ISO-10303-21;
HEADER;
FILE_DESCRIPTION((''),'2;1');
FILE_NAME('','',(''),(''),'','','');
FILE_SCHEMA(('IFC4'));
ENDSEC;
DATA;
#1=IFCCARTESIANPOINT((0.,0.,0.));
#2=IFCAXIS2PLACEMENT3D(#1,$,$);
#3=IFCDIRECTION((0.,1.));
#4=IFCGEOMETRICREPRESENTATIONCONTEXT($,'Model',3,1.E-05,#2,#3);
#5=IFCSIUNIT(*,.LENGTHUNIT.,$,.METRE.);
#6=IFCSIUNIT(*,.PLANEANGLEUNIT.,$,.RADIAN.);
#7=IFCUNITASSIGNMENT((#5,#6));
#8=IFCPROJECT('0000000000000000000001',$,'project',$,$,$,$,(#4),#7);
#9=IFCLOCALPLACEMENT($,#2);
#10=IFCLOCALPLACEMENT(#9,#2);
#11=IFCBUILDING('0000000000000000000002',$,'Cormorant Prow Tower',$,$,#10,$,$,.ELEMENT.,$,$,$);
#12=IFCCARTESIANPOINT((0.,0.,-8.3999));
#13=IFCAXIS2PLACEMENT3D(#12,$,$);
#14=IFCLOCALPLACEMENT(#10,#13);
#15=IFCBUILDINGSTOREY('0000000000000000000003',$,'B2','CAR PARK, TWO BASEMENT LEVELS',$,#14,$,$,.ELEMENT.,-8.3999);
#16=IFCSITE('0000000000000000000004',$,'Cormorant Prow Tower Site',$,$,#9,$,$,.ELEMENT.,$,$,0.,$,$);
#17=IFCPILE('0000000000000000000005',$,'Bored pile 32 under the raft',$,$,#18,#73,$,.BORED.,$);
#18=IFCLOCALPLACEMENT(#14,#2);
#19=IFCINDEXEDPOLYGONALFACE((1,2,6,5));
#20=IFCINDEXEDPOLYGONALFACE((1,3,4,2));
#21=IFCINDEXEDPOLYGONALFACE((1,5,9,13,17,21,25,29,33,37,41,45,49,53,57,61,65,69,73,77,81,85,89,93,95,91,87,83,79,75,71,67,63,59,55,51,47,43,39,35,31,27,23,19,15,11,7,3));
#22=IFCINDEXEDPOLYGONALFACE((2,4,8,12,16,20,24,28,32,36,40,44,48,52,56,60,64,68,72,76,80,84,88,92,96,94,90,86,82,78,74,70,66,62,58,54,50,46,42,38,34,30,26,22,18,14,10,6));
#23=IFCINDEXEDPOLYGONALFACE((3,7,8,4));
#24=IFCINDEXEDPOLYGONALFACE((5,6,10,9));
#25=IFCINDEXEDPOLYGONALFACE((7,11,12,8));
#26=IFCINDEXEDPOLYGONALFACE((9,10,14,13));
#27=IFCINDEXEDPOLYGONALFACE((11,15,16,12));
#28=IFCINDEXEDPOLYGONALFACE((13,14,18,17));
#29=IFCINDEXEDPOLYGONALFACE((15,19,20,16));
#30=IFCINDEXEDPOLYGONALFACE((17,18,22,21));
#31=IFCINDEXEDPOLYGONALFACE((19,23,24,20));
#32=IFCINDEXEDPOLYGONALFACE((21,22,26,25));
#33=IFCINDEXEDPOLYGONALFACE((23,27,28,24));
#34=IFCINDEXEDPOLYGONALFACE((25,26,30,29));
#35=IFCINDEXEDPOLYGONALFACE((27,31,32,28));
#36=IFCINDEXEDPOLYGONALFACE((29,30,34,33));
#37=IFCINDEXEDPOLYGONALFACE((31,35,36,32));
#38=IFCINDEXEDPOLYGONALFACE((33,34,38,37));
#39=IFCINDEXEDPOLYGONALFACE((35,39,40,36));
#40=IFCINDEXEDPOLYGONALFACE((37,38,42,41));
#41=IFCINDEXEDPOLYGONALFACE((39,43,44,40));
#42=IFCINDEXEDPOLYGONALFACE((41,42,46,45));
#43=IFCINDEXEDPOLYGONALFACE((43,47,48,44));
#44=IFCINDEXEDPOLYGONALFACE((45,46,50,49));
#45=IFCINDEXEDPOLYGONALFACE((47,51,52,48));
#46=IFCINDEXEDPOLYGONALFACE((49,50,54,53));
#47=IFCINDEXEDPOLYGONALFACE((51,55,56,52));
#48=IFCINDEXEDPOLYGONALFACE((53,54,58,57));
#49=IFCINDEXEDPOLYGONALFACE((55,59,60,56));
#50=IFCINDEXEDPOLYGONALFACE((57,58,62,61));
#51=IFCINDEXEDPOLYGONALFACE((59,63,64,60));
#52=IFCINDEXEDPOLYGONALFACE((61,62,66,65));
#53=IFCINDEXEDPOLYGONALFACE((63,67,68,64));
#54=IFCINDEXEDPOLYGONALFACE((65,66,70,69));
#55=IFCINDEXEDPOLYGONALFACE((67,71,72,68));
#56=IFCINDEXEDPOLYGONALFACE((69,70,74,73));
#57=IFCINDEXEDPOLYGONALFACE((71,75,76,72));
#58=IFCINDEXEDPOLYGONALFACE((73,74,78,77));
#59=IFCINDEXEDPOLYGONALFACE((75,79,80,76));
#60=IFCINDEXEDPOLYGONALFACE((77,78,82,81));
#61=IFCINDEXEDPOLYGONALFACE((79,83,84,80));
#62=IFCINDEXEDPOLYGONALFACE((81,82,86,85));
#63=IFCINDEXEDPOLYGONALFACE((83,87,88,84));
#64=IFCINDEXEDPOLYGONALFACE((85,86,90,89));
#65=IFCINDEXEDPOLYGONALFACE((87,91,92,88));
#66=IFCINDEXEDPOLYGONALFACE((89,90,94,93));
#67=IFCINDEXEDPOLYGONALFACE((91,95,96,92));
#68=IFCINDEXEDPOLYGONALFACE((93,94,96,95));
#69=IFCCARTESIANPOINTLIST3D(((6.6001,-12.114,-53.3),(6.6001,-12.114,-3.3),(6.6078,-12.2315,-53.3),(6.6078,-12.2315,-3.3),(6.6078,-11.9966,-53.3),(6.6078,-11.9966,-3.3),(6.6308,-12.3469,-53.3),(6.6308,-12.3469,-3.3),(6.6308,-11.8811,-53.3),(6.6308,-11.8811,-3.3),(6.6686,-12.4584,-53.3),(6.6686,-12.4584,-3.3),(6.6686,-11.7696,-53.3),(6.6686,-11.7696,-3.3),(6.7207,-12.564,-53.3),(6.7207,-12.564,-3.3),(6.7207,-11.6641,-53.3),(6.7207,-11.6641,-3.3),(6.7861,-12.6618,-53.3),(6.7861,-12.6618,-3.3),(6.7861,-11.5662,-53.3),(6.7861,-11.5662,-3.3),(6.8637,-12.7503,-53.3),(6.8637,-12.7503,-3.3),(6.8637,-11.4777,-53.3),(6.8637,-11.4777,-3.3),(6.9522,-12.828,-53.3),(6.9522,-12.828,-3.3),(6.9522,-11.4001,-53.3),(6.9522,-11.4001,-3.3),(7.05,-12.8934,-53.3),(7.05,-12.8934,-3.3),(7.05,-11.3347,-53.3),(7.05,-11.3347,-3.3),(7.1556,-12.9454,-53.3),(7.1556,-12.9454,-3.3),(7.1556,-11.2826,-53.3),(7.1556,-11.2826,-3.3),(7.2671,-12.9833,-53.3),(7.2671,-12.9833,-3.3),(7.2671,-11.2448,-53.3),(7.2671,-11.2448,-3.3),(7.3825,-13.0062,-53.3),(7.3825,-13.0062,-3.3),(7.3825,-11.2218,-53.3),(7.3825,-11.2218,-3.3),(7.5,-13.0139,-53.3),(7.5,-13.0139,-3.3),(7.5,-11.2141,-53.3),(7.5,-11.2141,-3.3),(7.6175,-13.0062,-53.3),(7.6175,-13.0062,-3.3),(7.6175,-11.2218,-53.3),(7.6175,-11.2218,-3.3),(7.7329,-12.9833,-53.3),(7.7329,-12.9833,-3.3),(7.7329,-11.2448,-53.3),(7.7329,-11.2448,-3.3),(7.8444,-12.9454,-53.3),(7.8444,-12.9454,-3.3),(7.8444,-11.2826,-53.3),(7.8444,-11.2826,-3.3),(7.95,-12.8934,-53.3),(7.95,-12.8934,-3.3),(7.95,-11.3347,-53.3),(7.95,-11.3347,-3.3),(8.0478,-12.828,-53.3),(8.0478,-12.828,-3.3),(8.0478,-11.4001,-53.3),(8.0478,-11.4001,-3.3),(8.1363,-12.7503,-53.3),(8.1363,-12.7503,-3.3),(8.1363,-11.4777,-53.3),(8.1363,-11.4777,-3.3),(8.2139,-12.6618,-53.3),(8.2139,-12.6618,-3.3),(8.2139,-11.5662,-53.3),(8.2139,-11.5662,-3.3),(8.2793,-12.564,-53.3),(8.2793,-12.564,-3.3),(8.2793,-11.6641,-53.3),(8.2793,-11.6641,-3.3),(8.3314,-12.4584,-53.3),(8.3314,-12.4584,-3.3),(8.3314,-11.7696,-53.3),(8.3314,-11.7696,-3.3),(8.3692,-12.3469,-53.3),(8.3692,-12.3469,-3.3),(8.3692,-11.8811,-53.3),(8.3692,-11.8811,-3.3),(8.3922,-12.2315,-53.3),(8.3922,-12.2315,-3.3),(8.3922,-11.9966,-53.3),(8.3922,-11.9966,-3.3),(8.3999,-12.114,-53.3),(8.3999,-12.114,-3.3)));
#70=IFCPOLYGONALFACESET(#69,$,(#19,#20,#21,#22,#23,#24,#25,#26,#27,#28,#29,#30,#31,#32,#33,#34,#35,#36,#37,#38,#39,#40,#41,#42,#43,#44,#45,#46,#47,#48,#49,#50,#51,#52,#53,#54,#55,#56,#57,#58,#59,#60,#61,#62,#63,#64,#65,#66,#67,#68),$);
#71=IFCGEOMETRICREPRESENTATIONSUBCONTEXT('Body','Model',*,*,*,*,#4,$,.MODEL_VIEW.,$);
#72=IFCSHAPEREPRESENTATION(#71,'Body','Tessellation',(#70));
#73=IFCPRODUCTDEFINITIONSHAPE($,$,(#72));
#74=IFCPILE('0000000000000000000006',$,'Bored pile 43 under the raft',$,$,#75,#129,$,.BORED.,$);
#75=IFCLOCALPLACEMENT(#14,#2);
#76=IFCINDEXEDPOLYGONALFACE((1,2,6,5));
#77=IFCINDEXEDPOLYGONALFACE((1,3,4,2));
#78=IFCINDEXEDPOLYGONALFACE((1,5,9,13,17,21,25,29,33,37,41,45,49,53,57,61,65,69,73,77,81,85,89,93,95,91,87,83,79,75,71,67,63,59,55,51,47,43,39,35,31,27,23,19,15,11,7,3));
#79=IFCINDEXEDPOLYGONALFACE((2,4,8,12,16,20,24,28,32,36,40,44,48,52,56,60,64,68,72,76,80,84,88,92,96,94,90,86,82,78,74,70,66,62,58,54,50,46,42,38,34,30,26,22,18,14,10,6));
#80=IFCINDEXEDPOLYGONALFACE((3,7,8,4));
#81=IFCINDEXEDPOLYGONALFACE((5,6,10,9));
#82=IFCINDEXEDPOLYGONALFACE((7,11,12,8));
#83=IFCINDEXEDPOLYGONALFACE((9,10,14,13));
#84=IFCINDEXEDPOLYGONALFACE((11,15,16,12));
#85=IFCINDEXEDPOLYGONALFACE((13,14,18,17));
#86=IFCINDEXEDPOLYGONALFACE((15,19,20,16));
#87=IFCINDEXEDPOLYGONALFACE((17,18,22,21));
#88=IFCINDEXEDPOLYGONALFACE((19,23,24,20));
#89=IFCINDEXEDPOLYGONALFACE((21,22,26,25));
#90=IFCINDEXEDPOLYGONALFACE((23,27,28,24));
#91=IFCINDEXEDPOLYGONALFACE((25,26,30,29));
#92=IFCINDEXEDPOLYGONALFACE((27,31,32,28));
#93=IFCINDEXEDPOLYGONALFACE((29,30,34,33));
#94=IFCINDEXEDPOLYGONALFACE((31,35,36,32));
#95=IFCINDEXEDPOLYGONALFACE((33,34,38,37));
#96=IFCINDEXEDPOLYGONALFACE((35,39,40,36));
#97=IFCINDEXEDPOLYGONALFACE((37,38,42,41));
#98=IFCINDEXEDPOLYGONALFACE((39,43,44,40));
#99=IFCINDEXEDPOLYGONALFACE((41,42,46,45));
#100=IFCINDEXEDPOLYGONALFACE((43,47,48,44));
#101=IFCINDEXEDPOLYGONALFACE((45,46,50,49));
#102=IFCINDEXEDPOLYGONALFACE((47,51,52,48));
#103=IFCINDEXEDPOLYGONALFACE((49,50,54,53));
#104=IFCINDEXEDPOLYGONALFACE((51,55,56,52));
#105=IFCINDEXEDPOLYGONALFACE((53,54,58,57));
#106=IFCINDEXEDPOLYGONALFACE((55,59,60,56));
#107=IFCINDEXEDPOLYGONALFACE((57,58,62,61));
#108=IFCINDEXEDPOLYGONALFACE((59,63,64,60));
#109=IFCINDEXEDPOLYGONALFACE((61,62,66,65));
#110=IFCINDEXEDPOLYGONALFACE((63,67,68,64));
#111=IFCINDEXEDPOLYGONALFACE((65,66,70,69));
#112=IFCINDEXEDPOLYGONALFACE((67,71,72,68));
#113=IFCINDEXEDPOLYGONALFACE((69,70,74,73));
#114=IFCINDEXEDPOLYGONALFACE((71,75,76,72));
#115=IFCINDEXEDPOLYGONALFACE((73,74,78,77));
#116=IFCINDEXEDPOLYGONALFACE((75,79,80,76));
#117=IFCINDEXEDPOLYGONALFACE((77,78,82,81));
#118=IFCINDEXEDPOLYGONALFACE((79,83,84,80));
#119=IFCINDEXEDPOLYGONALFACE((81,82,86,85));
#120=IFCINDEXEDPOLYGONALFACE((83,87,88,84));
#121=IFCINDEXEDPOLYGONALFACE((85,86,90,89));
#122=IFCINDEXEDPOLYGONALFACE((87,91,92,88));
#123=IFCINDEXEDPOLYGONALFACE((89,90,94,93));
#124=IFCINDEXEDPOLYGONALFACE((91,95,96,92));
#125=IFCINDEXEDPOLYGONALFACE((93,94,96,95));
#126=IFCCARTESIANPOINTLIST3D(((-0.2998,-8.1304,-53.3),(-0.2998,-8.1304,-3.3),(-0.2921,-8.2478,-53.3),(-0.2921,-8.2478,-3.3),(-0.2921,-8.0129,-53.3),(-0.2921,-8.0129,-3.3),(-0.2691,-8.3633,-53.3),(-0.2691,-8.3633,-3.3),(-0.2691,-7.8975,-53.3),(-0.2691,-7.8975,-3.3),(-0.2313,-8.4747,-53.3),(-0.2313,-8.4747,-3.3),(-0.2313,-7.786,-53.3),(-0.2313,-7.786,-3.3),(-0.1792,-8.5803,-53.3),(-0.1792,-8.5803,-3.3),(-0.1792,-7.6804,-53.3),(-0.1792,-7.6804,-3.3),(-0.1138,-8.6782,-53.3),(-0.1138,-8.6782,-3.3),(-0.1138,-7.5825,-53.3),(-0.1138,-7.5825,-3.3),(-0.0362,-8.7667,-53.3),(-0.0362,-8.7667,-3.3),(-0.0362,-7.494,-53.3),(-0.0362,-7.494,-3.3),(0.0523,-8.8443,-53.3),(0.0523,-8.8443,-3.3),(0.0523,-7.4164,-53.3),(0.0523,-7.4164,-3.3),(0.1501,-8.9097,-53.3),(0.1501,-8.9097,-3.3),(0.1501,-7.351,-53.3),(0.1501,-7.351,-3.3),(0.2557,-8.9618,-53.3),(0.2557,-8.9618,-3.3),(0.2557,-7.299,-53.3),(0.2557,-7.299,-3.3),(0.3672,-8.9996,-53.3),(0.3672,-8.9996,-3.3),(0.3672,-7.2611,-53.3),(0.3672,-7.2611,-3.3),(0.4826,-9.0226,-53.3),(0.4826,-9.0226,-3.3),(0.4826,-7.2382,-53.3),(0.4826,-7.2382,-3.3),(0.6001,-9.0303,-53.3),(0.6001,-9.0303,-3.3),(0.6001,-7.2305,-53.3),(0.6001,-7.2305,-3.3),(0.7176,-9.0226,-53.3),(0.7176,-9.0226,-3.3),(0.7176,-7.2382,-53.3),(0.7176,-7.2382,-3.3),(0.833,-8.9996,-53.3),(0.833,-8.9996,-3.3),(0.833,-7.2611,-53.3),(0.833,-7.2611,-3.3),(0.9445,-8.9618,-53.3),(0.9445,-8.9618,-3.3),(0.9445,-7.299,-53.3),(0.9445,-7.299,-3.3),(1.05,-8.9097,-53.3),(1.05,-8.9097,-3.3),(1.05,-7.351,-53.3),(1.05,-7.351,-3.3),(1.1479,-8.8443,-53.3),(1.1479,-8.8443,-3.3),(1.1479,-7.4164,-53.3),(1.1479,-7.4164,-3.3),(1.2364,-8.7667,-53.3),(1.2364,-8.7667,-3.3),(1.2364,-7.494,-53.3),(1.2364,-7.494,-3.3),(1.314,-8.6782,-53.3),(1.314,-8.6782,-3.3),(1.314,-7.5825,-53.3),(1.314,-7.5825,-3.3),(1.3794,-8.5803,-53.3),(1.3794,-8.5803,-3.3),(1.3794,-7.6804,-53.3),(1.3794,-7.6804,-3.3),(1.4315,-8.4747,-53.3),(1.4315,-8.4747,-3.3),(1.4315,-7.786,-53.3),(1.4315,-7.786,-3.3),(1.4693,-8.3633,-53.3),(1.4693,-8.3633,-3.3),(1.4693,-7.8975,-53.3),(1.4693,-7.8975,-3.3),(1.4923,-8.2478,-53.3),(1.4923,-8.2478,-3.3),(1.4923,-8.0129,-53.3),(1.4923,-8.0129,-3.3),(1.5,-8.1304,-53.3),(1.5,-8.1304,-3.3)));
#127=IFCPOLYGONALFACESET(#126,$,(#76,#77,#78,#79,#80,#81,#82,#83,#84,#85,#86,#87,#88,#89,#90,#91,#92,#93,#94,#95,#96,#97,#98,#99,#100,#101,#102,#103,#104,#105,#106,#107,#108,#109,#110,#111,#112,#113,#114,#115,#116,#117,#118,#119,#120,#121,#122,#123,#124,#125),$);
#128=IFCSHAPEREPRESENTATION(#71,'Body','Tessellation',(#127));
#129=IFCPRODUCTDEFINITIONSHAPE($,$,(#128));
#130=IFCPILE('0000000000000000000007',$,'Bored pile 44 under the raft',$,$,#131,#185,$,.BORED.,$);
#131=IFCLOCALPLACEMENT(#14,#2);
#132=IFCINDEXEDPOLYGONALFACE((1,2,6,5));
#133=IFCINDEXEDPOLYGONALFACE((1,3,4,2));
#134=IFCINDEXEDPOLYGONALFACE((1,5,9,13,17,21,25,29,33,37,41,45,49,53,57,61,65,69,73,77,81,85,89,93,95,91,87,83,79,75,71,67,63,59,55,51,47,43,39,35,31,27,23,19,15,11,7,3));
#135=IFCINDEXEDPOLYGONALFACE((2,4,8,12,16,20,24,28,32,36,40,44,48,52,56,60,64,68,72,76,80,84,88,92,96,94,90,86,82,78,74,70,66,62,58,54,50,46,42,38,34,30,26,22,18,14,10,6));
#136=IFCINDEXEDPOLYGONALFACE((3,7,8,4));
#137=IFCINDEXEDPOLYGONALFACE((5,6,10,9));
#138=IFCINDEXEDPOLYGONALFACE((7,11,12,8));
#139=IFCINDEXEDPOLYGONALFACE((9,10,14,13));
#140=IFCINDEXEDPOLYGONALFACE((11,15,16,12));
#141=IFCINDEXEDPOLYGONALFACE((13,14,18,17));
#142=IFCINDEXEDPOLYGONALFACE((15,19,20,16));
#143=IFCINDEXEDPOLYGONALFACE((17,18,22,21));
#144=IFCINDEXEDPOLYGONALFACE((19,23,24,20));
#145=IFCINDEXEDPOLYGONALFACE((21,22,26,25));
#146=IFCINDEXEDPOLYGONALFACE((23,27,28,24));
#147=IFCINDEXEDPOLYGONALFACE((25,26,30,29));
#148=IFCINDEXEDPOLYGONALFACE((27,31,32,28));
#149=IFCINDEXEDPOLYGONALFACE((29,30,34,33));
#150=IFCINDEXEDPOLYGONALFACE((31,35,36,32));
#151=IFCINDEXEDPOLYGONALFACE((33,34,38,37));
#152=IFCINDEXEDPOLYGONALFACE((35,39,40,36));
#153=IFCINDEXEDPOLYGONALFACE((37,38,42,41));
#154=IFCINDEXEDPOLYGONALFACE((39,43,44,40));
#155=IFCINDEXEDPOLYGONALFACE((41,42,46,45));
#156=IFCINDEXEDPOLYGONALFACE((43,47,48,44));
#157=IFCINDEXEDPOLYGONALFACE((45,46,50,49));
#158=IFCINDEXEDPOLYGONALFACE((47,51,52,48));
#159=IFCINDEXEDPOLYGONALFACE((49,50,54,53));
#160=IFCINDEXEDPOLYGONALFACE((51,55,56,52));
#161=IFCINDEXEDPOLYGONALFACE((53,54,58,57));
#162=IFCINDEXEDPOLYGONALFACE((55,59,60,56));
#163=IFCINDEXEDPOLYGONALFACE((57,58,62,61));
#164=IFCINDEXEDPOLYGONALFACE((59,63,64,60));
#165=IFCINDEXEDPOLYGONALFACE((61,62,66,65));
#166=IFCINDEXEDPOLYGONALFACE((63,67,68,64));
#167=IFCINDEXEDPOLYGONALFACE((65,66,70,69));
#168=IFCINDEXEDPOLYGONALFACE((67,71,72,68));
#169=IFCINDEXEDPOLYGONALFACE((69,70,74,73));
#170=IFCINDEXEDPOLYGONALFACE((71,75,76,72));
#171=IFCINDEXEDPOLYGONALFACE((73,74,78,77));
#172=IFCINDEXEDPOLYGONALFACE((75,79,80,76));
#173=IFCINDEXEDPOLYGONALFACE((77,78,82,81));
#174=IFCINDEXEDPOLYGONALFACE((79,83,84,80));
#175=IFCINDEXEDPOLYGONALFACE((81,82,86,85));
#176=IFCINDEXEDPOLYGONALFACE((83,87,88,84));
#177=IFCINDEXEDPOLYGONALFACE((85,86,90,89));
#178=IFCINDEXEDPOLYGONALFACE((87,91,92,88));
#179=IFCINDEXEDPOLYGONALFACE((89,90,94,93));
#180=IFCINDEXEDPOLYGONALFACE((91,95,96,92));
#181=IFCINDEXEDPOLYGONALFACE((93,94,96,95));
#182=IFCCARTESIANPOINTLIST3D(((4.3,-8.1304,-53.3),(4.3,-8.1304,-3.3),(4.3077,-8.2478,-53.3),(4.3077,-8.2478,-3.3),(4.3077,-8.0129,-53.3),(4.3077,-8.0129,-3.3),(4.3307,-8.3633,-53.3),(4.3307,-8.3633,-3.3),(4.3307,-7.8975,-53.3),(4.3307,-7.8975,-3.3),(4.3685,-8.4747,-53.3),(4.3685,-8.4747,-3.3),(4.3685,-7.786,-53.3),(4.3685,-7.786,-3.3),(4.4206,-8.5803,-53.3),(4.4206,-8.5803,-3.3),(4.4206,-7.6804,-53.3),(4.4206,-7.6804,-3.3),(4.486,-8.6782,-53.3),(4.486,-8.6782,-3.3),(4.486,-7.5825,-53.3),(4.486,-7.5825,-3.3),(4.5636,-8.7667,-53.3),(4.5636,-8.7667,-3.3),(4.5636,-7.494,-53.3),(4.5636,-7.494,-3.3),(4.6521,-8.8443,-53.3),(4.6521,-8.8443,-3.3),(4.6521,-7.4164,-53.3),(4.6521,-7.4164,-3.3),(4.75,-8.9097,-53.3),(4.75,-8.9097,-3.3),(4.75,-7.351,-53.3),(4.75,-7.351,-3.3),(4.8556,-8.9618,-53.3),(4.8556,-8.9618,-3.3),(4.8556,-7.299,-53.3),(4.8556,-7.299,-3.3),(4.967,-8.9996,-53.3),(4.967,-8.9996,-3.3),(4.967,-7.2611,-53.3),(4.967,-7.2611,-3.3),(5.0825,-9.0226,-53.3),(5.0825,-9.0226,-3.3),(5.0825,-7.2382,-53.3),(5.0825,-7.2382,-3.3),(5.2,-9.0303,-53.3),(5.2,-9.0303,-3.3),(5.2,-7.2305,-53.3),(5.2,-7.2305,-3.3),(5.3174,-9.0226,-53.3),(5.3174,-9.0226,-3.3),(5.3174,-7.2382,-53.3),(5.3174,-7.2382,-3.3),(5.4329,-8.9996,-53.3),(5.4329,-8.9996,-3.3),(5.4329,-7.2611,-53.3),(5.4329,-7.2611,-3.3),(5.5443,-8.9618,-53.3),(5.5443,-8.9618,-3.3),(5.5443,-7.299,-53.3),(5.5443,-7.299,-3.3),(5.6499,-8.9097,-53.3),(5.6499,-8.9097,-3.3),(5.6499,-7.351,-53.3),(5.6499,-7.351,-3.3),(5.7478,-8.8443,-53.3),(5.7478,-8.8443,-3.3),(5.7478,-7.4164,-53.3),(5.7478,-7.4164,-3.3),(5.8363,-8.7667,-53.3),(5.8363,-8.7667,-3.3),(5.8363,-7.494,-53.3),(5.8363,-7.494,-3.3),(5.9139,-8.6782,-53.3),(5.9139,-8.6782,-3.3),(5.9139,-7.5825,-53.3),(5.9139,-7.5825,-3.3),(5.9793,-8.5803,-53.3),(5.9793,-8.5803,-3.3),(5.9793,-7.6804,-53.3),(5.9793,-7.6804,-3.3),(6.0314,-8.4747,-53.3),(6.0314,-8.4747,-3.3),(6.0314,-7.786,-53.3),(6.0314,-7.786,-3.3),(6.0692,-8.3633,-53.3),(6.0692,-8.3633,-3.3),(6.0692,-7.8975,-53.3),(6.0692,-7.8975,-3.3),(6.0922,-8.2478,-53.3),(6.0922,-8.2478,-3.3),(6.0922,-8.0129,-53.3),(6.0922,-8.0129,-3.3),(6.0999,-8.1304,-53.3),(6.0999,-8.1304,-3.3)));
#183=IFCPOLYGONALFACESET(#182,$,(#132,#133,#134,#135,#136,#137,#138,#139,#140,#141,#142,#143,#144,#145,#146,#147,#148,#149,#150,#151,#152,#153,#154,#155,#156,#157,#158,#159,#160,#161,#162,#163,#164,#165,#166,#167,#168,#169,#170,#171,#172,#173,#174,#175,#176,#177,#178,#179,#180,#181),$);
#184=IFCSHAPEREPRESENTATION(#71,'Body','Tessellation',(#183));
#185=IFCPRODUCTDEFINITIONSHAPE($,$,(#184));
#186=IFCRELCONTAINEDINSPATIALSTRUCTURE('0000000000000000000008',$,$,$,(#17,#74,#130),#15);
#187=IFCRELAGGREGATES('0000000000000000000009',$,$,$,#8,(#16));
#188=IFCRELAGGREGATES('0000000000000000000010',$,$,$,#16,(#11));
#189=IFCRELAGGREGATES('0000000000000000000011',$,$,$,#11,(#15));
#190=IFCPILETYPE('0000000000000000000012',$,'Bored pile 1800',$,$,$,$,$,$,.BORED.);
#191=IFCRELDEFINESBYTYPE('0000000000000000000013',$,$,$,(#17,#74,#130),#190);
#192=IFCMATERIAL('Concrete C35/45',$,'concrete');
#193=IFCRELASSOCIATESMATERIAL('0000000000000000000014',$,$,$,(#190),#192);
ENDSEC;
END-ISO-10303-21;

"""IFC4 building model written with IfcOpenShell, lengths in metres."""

from ifc_helpers import new_model, si_unit, direction, frame, origin, origin_2d, place, context, subcontext, project, spatial, circle, extrude, material, material_profile, profile_set, type_object, element, save


model = new_model("IFC4")

# Units and contexts
model_context = context("Model", 3, precision=1e-05, world=origin(), true_north=direction((0.0, 1.0)))
body_context = subcontext(model_context, "Body", "Model", "MODEL_VIEW")
ifc_project = project(units=[si_unit("LENGTHUNIT", "METRE"), si_unit("PLANEANGLEUNIT", "RADIAN")], contexts=[model_context])

# Site, building, storey
site_placement = place(None, origin())
site = spatial("IfcSite", under=ifc_project, at=site_placement, Name="Cormorant Prow Tower Site", CompositionType="ELEMENT", RefElevation=0.0)
building_placement = place(site_placement, origin())
building = spatial("IfcBuilding", under=site, at=building_placement, Name="Cormorant Prow Tower", CompositionType="ELEMENT")
storey_placement = place(building_placement, frame((0.0, 0.0, -8.3999)))
storey = spatial("IfcBuildingStorey", under=building, at=storey_placement, Name="B2", Description="CAR PARK, TWO BASEMENT LEVELS", CompositionType="ELEMENT", Elevation=-8.3999)

# Piles
ifc_material_1 = material(Name="Concrete C35/45", Category="concrete")
ifc_material_profile_1 = material_profile(ifc_material_1, circle(Radius=0.8999, at=origin_2d()), Name="Round 1800")
ifc_profile_set_1 = profile_set([ifc_material_profile_1], Name="Concrete C35/45")
pile_type_1 = type_object("IfcPileType", Name="Bored pile 1800", PredefinedType="BORED", material=ifc_profile_set_1)
for number, where, z_axis, x_axis, name in (
    (1, (7.5, -12.114, -3.3), (0.0, 0.0, -1.0), (1.0, 0.0, 0.0), "Bored pile 32 under the raft"),
    (2, (0.6001, -8.1304, -3.3), (0.0, 0.0, -1.0), (1.0, 0.0, 0.0), "Bored pile 43 under the raft"),
    (3, (5.2, -8.1304, -3.3), (0.0, 0.0, -1.0), (1.0, 0.0, 0.0), "Bored pile 44 under the raft"),
):
    element("IfcPile", number, at=place(storey_placement, frame(where, z_axis=z_axis, x_axis=x_axis)), inside=storey, type_object=pile_type_1, Name=name, PredefinedType="BORED", context=body_context, shape_type="SweptSolid", body=[
        extrude(circle(Radius=0.8999, at=origin_2d()), origin(), (0.0, 0.0, 1.0), 50.0),
    ])

save(model, "model.ifc")
